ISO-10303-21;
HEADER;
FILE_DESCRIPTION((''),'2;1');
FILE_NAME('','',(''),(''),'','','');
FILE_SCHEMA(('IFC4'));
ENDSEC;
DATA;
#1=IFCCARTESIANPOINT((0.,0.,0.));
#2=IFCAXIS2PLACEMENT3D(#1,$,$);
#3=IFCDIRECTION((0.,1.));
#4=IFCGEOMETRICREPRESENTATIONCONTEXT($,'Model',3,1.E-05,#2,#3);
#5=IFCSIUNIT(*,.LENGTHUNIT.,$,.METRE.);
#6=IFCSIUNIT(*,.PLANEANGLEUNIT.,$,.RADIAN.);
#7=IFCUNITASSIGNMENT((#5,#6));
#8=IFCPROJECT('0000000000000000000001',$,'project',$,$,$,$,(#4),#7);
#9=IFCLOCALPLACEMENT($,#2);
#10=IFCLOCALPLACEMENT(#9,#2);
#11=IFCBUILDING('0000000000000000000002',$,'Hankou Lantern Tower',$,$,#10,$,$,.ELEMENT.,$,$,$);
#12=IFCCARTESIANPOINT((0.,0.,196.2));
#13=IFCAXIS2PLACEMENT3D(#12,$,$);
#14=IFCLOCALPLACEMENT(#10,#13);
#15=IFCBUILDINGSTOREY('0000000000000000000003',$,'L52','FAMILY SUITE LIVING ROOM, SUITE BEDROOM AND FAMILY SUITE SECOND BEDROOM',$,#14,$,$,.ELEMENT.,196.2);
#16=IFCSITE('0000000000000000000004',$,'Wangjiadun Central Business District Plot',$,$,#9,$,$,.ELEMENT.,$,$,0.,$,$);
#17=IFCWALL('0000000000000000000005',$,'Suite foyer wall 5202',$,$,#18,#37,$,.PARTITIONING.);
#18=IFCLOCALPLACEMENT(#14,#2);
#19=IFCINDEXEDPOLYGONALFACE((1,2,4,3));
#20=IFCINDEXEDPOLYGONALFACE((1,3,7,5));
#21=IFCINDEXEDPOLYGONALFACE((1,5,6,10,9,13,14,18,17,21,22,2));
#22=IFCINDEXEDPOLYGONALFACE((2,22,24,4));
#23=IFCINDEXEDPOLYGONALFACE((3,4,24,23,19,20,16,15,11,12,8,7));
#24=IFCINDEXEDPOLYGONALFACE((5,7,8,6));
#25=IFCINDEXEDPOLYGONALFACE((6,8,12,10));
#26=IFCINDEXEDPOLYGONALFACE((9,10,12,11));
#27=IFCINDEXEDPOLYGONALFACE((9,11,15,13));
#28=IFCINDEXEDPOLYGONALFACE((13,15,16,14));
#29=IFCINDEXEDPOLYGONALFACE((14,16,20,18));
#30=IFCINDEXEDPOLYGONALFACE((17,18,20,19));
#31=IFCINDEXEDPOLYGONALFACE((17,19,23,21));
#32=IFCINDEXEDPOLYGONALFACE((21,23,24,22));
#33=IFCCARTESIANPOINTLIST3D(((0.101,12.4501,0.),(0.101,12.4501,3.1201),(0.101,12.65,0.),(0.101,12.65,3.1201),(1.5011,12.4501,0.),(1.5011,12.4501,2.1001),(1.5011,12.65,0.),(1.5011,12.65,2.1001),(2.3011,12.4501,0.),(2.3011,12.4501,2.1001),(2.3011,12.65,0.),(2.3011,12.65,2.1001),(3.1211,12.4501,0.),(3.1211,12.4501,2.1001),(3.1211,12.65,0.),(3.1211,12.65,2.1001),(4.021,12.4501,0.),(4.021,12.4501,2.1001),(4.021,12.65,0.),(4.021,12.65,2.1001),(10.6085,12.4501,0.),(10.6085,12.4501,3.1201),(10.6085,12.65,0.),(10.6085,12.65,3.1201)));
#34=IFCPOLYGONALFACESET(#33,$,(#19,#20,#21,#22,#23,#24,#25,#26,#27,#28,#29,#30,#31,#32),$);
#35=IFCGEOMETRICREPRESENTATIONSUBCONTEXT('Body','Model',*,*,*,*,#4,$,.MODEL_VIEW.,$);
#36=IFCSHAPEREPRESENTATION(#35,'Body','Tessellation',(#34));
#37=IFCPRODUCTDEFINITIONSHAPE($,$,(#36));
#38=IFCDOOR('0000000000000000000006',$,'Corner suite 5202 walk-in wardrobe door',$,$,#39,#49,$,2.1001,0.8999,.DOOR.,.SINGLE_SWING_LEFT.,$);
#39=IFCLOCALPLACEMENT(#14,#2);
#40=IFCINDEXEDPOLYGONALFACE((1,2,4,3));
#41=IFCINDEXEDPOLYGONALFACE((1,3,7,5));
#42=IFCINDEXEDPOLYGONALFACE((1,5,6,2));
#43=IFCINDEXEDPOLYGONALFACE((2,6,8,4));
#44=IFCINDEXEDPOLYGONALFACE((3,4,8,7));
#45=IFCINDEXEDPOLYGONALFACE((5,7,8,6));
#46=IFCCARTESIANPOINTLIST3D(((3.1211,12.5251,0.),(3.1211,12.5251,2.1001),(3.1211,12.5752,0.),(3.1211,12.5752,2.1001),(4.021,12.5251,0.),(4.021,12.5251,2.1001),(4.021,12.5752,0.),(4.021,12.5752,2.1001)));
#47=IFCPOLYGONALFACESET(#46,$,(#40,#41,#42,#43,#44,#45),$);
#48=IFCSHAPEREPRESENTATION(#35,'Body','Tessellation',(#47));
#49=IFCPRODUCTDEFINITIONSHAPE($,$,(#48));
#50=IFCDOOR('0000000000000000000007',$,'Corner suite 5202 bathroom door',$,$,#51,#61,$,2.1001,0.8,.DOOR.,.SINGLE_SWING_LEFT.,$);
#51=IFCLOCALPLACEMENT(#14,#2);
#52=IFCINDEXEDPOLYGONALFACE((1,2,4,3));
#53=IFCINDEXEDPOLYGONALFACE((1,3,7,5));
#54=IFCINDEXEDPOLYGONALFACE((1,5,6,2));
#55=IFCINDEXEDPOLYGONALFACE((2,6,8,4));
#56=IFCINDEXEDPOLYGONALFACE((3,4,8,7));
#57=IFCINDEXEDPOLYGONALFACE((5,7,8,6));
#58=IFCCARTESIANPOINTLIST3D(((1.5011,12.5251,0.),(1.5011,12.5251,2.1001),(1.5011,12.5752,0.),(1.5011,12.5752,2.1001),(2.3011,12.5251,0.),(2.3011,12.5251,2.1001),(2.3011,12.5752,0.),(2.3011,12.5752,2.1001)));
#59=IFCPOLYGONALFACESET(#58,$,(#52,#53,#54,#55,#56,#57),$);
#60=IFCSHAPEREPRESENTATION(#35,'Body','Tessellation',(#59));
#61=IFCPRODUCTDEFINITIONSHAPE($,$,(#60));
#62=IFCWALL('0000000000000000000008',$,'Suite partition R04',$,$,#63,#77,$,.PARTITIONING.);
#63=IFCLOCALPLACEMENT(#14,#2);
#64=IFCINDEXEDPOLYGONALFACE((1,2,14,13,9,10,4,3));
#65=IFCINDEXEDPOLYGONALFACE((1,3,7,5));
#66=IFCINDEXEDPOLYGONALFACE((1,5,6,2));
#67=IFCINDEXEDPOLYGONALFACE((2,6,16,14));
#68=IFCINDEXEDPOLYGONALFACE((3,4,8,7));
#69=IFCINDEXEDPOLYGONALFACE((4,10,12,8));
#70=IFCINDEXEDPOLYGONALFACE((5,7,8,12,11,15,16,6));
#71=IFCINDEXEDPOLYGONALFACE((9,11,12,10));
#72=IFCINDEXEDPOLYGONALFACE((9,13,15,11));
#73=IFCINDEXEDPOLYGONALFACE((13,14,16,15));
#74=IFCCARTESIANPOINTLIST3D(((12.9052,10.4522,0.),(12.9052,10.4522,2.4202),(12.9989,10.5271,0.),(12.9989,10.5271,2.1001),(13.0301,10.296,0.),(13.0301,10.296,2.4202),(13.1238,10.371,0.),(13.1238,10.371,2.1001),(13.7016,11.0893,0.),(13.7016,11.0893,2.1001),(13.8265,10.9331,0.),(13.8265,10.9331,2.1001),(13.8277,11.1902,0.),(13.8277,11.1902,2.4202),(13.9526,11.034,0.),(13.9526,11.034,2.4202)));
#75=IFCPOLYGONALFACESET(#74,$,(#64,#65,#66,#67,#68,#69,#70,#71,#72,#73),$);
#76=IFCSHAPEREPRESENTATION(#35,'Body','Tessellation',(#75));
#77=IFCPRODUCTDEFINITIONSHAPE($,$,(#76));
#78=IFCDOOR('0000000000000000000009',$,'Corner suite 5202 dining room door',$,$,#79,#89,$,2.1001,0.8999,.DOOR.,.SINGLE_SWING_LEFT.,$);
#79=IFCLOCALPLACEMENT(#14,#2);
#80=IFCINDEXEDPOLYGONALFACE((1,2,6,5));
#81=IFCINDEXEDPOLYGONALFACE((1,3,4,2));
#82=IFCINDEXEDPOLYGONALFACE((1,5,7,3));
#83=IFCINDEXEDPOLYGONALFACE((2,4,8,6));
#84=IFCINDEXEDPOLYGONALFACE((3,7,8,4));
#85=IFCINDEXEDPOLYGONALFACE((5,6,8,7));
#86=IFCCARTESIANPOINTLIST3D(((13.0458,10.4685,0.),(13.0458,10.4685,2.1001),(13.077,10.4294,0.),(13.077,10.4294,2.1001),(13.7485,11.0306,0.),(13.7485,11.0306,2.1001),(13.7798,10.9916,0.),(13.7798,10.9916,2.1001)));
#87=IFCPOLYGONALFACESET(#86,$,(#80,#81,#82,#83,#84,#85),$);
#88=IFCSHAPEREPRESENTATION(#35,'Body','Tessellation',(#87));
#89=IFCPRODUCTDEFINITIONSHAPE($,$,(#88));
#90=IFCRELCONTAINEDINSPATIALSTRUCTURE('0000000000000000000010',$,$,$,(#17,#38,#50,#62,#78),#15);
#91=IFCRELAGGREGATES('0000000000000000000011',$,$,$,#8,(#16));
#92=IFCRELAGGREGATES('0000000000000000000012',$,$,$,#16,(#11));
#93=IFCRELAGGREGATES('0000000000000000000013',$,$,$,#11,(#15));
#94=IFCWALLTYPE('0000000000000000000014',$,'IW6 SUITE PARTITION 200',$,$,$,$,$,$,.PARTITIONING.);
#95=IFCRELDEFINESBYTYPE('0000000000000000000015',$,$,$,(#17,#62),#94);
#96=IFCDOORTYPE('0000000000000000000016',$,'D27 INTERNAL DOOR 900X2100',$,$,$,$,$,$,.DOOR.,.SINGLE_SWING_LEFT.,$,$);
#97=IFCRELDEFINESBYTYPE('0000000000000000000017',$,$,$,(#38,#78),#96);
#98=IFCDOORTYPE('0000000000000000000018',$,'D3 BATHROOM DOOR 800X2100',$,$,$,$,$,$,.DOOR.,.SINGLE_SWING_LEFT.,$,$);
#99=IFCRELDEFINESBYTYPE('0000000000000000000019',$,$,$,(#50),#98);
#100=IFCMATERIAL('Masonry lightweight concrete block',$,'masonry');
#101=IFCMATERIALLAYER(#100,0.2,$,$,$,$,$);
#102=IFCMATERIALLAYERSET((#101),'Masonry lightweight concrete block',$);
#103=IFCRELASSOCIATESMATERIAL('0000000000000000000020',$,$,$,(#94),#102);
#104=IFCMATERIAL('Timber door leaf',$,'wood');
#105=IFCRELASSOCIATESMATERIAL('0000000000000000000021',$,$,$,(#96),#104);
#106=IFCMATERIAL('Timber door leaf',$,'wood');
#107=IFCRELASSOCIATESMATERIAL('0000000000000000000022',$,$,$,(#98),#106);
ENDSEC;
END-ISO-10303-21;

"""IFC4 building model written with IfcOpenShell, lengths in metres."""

from ifc_helpers import new_model, si_unit, direction, frame, frame_2d, origin, place, context, subcontext, project, spatial, rectangle, extrude, material, layer, layer_set, type_object, element, fill, save


model = new_model("IFC4")

# Units and contexts
model_context = context("Model", 3, precision=1e-05, world=origin(), true_north=direction((0.0, 1.0)))
body_context = subcontext(model_context, "Body", "Model", "MODEL_VIEW")
ifc_project = project(units=[si_unit("LENGTHUNIT", "METRE"), si_unit("PLANEANGLEUNIT", "RADIAN")], contexts=[model_context])

# Site, building, storey
site_placement = place(None, origin())
site = spatial("IfcSite", under=ifc_project, at=site_placement, Name="Wangjiadun Central Business District Plot", CompositionType="ELEMENT", RefElevation=0.0)
building_placement = place(site_placement, origin())
building = spatial("IfcBuilding", under=site, at=building_placement, Name="Hankou Lantern Tower", CompositionType="ELEMENT")
storey_placement = place(building_placement, frame((0.0, 0.0, 196.2)))
storey = spatial("IfcBuildingStorey", under=building, at=storey_placement, Name="L52", Description="FAMILY SUITE LIVING ROOM, SUITE BEDROOM AND FAMILY SUITE SECOND BEDROOM", CompositionType="ELEMENT", Elevation=196.2)

# Shared definitions
ifc_material_1 = material(Name="Masonry lightweight concrete block", Category="masonry")
ifc_layer_1 = layer(ifc_material_1, 0.2)
ifc_layer_set_1 = layer_set([ifc_layer_1], Name="Masonry lightweight concrete block")
wall_type_1 = type_object("IfcWallType", Name="IW6 SUITE PARTITION 200", PredefinedType="PARTITIONING", material=ifc_layer_set_1)

# Wall, openings, doors
wall_1_placement = place(storey_placement, frame((10.6086, 12.55, 0.0), z_axis=(0.0, 0.0, 1.0), x_axis=(-1.0, 0.0, 0.0)))
wall_1 = element("IfcWall", 1, at=wall_1_placement, inside=storey, type_object=wall_type_1, Name="Suite foyer wall 5202", PredefinedType="PARTITIONING", context=body_context, shape_type="SweptSolid", body=[
    extrude(rectangle(XDim=10.5076, YDim=0.2, at=frame_2d((5.2539, 0.0))), origin(), (0.0, 0.0, 1.0), 3.1201),
])
opening_1_placement = place(wall_1_placement, frame((6.5876, 0.0, 0.0)))
opening_1 = element("IfcOpeningElement", 2, at=opening_1_placement, cuts=wall_1, PredefinedType="OPENING", context=body_context, shape_type="SweptSolid", body=[
    extrude(rectangle(XDim=0.8999, YDim=2.1001, at=frame_2d((0.45, 1.05))), frame((0.0, 0.1099, 0.0), z_axis=(0.0, -1.0, 0.0), x_axis=(1.0, 0.0, 0.0)), (0.0, 0.0, 1.0), 0.22),
])
opening_2_placement = place(wall_1_placement, frame((8.3076, 0.0, 0.0)))
opening_2 = element("IfcOpeningElement", 3, at=opening_2_placement, cuts=wall_1, PredefinedType="OPENING", context=body_context, shape_type="SweptSolid", body=[
    extrude(rectangle(XDim=0.8, YDim=2.1001, at=frame_2d((0.3999, 1.05))), frame((0.0, 0.1099, 0.0), z_axis=(0.0, -1.0, 0.0), x_axis=(1.0, 0.0, 0.0)), (0.0, 0.0, 1.0), 0.22),
])
ifc_material_2 = material(Name="Timber door leaf", Category="wood")
door_type_1 = type_object("IfcDoorType", Name="D27 INTERNAL DOOR 900X2100", OperationType="SINGLE_SWING_LEFT", PredefinedType="DOOR", material=ifc_material_2)
door_1_placement = place(opening_1_placement, origin())
door_1 = element("IfcDoor", 4, at=door_1_placement, inside=storey, type_object=door_type_1, Name="Corner suite 5202 walk-in wardrobe door", OperationType="SINGLE_SWING_LEFT", OverallHeight=2.1001, OverallWidth=0.8999, PredefinedType="DOOR", context=body_context, shape_type="SweptSolid", body=[
    extrude(rectangle(XDim=0.8999, YDim=2.1001, at=frame_2d((0.45, 1.05))), frame((0.0, 0.0249, 0.0), z_axis=(0.0, -1.0, 0.0), x_axis=(1.0, 0.0, 0.0)), (0.0, 0.0, 1.0), 0.05),
])
fill(opening_1, door_1)
ifc_material_3 = material(Name="Timber door leaf", Category="wood")
door_type_2 = type_object("IfcDoorType", Name="D3 BATHROOM DOOR 800X2100", OperationType="SINGLE_SWING_LEFT", PredefinedType="DOOR", material=ifc_material_3)
door_2_placement = place(opening_2_placement, origin())
door_2 = element("IfcDoor", 5, at=door_2_placement, inside=storey, type_object=door_type_2, Name="Corner suite 5202 bathroom door", OperationType="SINGLE_SWING_LEFT", OverallHeight=2.1001, OverallWidth=0.8, PredefinedType="DOOR", context=body_context, shape_type="SweptSolid", body=[
    extrude(rectangle(XDim=0.8, YDim=2.1001, at=frame_2d((0.3999, 1.05))), frame((0.0, 0.0249, 0.0), z_axis=(0.0, -1.0, 0.0), x_axis=(1.0, 0.0, 0.0)), (0.0, 0.0, 1.0), 0.05),
])
fill(opening_2, door_2)

# Wall, opening, door
wall_2_placement = place(storey_placement, frame((12.9675, 10.374, 0.0), z_axis=(0.0, 0.0, 1.0), x_axis=(0.780889, 0.62467, 0.0)))
wall_2 = element("IfcWall", 6, at=wall_2_placement, inside=storey, type_object=wall_type_1, Name="Suite partition R04", PredefinedType="PARTITIONING", context=body_context, shape_type="SweptSolid", body=[
    extrude(rectangle(XDim=1.1814, YDim=0.2, at=frame_2d((0.5908, 0.0))), origin(), (0.0, 0.0, 1.0), 2.4202),
])
opening_3_placement = place(wall_2_placement, frame((0.1201, 0.0, 0.0)))
opening_3 = element("IfcOpeningElement", 7, at=opening_3_placement, cuts=wall_2, PredefinedType="OPENING", context=body_context, shape_type="SweptSolid", body=[
    extrude(rectangle(XDim=0.8999, YDim=2.1001, at=frame_2d((0.45, 1.05))), frame((0.0, 0.1099, 0.0), z_axis=(0.0, -1.0, 0.0), x_axis=(1.0, 0.0, 0.0)), (0.0, 0.0, 1.0), 0.22),
])
door_3_placement = place(opening_3_placement, origin())
door_3 = element("IfcDoor", 8, at=door_3_placement, inside=storey, type_object=door_type_1, Name="Corner suite 5202 dining room door", OperationType="SINGLE_SWING_LEFT", OverallHeight=2.1001, OverallWidth=0.8999, PredefinedType="DOOR", context=body_context, shape_type="SweptSolid", body=[
    extrude(rectangle(XDim=0.8999, YDim=2.1001, at=frame_2d((0.45, 1.05))), frame((0.0, 0.0249, 0.0), z_axis=(0.0, -1.0, 0.0), x_axis=(1.0, 0.0, 0.0)), (0.0, 0.0, 1.0), 0.05),
])
fill(opening_3, door_3)

save(model, "model.ifc")
